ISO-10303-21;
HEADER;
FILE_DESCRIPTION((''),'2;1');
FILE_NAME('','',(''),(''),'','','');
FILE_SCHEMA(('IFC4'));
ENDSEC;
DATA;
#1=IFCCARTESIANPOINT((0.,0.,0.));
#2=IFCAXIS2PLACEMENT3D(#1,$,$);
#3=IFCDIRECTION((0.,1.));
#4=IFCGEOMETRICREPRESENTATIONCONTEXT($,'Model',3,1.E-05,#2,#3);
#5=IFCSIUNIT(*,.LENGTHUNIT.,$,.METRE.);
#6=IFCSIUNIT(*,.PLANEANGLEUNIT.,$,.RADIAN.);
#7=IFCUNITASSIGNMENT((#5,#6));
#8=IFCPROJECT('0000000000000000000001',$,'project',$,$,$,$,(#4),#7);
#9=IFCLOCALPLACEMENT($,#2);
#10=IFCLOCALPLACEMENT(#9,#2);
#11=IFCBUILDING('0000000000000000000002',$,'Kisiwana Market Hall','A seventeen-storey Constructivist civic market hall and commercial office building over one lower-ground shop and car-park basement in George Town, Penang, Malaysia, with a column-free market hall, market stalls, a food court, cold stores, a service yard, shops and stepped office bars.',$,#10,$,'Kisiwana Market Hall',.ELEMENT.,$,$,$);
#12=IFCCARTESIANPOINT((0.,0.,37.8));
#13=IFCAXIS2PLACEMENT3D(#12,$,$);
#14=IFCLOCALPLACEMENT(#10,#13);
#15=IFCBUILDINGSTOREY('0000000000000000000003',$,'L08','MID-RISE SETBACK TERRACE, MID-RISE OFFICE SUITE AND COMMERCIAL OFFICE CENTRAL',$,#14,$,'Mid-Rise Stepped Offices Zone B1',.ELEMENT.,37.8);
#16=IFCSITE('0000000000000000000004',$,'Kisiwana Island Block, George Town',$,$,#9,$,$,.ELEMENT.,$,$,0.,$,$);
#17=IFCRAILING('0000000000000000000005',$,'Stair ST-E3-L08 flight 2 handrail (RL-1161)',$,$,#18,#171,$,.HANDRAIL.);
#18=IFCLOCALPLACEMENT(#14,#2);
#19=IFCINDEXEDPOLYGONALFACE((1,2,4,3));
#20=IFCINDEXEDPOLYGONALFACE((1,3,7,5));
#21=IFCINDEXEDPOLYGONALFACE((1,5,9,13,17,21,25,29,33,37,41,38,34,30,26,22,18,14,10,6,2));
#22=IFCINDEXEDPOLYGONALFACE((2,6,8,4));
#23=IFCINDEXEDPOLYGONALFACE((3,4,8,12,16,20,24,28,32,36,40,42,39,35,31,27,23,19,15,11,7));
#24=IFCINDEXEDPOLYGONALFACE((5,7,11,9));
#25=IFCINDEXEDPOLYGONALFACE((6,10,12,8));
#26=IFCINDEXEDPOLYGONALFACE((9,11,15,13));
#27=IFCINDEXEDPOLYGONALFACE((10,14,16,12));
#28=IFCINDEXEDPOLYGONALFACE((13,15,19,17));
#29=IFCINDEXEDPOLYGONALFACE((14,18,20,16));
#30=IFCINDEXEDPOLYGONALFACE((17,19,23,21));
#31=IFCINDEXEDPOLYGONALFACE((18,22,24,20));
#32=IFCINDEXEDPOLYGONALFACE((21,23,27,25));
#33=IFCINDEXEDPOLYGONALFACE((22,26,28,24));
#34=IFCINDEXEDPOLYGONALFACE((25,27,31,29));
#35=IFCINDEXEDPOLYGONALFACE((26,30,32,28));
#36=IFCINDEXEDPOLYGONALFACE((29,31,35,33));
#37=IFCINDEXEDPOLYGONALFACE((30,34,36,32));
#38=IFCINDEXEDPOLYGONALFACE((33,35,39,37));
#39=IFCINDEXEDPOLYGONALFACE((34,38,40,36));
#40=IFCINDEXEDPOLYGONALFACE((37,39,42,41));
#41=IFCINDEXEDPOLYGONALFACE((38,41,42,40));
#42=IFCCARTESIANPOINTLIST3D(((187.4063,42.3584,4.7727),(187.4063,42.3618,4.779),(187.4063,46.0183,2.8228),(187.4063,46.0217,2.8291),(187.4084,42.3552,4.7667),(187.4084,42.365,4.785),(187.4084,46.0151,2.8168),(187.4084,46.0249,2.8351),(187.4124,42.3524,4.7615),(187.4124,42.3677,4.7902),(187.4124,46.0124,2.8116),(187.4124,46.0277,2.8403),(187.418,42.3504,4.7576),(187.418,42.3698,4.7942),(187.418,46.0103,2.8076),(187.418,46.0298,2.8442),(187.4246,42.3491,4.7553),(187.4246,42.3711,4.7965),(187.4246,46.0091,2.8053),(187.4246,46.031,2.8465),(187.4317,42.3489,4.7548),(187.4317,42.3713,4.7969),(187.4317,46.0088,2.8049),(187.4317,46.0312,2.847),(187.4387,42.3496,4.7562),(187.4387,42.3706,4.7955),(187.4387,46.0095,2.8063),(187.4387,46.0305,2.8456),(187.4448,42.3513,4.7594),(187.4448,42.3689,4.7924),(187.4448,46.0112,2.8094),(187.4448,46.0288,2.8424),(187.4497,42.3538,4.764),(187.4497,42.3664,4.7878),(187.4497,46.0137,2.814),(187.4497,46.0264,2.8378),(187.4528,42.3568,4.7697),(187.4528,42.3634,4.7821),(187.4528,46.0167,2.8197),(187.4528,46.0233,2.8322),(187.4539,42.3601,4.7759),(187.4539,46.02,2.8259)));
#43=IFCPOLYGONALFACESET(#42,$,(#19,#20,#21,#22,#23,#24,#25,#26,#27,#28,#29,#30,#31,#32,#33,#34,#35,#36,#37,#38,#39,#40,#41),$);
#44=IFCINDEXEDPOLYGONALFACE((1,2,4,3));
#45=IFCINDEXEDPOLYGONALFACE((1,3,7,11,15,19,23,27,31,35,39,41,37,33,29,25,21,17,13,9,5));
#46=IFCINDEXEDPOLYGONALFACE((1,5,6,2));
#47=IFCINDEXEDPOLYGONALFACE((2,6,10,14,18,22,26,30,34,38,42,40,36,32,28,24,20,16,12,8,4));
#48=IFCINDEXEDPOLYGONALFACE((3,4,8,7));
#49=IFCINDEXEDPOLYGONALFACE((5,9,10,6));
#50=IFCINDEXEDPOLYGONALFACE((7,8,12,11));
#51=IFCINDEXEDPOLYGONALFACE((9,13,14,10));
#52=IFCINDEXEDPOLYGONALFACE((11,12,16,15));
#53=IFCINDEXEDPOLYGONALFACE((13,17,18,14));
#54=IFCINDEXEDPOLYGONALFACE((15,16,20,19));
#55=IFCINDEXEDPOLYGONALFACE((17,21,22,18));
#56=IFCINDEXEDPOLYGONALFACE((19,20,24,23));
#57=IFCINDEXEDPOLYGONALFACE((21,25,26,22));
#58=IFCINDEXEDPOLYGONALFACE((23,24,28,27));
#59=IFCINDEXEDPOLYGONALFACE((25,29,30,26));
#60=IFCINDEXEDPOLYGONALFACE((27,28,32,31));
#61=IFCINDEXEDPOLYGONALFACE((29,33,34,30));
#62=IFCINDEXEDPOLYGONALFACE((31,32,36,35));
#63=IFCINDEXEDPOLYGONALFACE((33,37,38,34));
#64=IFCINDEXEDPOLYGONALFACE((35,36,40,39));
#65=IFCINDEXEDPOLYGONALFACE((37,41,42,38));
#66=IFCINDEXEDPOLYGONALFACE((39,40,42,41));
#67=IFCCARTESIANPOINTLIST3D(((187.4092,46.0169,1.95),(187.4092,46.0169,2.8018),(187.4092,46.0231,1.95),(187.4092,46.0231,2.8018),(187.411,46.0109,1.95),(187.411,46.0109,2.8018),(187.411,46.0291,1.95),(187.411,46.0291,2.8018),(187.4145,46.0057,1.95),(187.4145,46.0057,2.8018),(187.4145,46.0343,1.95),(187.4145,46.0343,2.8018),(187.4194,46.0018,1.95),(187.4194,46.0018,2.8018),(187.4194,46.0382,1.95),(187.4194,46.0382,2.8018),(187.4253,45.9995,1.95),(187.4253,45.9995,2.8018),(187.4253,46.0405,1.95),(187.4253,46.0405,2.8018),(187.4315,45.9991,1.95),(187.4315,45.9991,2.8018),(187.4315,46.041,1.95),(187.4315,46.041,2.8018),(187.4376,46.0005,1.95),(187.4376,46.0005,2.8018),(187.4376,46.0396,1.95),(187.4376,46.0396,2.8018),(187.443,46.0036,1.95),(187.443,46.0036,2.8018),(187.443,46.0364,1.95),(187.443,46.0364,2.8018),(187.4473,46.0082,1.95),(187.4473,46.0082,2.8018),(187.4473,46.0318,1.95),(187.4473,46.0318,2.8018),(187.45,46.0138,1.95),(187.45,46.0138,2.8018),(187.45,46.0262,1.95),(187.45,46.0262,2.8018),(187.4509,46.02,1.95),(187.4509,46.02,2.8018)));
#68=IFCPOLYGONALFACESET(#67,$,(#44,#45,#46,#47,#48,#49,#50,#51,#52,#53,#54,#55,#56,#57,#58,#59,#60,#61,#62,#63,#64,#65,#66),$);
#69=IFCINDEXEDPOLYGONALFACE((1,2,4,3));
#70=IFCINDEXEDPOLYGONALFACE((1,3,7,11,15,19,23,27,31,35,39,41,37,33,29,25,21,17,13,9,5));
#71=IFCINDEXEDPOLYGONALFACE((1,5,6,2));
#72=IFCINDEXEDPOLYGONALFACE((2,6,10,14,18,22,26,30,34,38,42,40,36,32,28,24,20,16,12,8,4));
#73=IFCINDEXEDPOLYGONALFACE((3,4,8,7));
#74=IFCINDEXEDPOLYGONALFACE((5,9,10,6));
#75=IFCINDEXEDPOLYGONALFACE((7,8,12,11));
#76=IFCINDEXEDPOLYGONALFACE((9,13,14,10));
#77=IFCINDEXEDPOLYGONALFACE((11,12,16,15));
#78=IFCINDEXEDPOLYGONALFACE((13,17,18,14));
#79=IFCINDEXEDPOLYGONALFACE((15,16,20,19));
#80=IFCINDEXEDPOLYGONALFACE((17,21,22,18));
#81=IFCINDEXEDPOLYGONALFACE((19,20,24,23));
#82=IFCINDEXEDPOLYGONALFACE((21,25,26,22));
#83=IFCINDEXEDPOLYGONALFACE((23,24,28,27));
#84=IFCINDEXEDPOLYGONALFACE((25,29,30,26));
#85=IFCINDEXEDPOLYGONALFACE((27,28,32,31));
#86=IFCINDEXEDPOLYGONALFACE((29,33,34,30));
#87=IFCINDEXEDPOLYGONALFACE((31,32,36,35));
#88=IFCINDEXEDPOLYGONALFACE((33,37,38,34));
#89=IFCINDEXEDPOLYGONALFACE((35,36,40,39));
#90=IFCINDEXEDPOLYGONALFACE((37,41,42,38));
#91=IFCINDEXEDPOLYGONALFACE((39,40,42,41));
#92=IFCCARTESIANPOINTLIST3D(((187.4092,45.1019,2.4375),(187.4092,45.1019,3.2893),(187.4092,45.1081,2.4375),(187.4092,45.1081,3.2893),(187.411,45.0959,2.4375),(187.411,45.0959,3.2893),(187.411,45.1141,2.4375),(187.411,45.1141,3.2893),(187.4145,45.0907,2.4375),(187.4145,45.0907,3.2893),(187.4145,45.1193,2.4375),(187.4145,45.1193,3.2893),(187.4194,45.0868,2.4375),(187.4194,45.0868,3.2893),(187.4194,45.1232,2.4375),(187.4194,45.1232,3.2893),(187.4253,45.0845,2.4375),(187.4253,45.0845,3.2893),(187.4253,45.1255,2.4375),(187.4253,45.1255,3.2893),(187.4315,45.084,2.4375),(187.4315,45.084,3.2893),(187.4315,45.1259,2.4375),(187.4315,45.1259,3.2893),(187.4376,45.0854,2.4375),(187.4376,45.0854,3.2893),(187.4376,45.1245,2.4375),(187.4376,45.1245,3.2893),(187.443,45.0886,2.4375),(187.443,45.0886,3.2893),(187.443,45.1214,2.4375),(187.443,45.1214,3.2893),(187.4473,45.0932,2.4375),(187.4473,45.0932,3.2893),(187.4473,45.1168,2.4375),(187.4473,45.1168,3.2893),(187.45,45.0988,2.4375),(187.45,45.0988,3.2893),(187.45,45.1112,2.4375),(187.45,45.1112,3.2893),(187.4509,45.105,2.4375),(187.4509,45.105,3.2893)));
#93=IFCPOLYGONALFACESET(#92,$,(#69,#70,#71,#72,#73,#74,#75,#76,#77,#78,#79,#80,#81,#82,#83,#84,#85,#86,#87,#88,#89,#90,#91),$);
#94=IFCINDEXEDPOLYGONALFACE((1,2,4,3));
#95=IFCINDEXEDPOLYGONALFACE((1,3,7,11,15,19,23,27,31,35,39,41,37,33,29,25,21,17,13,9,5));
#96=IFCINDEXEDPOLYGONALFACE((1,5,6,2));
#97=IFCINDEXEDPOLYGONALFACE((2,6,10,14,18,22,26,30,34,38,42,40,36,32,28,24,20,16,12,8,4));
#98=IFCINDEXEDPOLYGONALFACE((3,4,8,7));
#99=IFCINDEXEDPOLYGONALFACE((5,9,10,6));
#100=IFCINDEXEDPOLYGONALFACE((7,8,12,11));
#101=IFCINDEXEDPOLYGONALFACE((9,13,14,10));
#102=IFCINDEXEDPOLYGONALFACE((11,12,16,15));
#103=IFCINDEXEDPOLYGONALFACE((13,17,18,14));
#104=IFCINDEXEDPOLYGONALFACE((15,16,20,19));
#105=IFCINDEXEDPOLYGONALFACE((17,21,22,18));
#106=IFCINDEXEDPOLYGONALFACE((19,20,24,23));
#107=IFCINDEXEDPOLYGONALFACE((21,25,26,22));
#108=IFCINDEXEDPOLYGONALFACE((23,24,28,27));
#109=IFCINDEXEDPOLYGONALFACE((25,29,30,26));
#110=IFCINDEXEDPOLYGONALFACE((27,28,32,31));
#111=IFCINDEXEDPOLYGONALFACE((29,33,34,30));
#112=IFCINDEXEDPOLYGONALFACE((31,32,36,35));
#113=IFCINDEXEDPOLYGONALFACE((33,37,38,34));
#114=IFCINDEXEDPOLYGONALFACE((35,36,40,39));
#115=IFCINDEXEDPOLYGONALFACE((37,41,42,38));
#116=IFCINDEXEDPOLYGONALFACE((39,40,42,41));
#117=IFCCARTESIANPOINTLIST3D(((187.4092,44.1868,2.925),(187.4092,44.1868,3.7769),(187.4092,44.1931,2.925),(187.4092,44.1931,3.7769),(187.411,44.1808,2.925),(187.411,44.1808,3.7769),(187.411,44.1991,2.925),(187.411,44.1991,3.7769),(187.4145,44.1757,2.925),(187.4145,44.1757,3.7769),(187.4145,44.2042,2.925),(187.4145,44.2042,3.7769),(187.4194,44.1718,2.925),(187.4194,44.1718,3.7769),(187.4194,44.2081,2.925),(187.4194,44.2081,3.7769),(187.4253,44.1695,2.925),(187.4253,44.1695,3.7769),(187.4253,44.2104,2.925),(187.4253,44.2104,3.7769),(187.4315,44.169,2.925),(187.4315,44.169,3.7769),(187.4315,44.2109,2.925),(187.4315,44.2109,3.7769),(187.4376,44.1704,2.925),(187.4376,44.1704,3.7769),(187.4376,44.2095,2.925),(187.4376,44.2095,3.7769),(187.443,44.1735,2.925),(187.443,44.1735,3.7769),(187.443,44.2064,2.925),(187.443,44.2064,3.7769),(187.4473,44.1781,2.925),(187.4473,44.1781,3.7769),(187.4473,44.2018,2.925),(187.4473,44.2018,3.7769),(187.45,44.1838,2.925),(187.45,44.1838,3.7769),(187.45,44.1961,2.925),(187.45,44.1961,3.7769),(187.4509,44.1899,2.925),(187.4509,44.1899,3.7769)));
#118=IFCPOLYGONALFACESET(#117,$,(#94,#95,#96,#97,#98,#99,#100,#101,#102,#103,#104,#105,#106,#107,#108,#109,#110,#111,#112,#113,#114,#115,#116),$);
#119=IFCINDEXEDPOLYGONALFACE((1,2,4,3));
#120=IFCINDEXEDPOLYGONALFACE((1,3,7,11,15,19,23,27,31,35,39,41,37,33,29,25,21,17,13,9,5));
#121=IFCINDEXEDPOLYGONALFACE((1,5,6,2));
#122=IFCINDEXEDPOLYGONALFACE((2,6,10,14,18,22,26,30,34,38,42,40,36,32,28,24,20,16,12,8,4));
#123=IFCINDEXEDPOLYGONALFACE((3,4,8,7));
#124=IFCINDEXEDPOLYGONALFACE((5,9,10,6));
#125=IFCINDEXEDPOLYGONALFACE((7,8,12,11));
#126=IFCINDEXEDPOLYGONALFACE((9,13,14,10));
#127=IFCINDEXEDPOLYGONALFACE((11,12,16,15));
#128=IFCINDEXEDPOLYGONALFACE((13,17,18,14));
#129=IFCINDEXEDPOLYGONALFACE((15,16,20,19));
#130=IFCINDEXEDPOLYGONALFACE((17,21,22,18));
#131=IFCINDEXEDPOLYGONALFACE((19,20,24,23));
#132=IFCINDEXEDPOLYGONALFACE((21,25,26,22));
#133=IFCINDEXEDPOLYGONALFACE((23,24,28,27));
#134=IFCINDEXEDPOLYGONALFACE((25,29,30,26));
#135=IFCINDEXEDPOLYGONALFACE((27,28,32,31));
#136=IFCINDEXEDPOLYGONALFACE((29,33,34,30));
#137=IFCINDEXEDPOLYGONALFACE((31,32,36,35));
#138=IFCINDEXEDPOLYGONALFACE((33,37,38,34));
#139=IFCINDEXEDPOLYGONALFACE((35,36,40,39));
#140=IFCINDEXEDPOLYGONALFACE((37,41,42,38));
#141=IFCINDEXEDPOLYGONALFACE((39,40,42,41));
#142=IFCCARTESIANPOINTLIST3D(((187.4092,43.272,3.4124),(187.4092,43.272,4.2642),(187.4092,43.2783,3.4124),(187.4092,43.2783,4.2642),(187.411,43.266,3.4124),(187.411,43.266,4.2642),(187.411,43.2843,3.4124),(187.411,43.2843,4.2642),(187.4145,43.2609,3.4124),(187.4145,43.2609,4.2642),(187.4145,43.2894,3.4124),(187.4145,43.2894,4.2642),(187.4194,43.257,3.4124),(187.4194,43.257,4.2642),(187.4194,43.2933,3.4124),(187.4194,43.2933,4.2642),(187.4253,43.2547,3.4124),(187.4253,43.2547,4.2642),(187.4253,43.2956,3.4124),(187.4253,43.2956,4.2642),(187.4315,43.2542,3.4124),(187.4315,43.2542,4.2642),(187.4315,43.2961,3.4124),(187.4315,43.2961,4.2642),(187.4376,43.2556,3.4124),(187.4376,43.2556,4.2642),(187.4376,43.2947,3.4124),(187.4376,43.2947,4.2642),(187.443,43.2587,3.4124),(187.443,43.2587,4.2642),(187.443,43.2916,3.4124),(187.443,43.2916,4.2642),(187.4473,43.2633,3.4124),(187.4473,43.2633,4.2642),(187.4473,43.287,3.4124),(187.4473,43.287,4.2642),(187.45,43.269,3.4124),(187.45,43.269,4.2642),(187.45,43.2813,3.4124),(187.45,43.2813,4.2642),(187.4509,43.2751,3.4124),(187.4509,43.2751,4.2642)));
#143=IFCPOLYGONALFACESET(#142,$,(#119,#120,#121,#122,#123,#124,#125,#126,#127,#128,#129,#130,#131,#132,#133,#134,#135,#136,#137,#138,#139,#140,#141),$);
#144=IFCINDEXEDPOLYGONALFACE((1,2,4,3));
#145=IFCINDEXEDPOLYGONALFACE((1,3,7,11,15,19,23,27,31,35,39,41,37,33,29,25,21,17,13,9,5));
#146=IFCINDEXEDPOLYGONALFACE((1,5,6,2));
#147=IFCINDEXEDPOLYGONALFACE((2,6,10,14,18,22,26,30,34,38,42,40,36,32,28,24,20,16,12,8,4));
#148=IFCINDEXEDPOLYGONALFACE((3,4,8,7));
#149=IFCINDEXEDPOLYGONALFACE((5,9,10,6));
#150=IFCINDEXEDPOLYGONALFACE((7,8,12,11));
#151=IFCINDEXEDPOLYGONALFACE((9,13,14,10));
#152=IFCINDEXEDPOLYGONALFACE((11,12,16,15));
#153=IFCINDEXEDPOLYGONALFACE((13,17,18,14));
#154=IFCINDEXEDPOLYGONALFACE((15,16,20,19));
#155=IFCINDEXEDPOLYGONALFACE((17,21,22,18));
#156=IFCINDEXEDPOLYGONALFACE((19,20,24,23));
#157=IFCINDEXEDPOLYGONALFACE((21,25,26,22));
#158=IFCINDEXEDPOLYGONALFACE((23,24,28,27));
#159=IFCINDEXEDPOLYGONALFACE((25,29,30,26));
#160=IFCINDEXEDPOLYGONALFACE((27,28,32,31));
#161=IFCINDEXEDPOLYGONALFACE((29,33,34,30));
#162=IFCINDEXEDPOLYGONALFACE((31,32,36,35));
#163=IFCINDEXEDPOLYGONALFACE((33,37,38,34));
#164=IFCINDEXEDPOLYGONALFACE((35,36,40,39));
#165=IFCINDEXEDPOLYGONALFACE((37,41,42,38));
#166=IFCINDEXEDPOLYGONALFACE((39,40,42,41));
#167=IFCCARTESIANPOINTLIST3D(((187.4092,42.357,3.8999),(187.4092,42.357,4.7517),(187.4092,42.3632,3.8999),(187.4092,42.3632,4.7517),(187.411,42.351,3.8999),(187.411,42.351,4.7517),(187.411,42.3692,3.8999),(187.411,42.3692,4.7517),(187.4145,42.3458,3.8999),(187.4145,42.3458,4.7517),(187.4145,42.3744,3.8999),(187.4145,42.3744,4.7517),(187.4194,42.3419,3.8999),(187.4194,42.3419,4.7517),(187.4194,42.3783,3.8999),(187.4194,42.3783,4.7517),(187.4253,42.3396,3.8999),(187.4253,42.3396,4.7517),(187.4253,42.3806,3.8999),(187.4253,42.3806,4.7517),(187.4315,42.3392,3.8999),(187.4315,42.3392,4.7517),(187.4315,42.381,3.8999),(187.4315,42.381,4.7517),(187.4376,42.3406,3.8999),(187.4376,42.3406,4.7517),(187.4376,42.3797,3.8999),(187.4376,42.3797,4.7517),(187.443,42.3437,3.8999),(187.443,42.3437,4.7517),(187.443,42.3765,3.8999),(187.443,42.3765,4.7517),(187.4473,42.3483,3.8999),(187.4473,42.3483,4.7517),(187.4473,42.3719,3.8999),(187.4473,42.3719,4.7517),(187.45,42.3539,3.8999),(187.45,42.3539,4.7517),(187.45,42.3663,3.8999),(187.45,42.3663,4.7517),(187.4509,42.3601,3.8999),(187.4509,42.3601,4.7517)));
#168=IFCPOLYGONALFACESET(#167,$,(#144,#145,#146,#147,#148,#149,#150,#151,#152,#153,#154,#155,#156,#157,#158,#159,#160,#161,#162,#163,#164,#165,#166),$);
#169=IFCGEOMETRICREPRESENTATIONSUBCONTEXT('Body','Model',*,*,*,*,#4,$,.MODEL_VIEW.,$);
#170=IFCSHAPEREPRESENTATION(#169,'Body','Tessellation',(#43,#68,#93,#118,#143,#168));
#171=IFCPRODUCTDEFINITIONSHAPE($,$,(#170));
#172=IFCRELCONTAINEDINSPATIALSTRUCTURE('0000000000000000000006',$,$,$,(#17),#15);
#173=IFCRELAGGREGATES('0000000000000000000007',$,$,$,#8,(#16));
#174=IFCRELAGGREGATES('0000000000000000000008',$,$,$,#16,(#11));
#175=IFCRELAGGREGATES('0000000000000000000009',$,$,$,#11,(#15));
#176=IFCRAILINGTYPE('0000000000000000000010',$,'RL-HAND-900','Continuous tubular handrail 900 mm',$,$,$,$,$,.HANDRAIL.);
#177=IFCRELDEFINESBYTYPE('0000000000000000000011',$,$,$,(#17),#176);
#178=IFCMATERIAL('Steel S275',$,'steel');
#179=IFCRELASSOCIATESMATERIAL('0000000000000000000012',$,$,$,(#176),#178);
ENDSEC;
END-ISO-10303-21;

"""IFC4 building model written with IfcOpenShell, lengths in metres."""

from ifc_helpers import new_model, si_unit, direction, frame, origin, origin_2d, place, context, subcontext, project, spatial, circle, extrude, material, type_object, element, save


model = new_model("IFC4")

# Units and contexts
model_context = context("Model", 3, precision=1e-05, world=origin(), true_north=direction((0.0, 1.0)))
body_context = subcontext(model_context, "Body", "Model", "MODEL_VIEW")
ifc_project = project(units=[si_unit("LENGTHUNIT", "METRE"), si_unit("PLANEANGLEUNIT", "RADIAN")], contexts=[model_context])

# Site, building, storey
site_placement = place(None, origin())
site = spatial("IfcSite", under=ifc_project, at=site_placement, Name="Kisiwana Island Block, George Town", CompositionType="ELEMENT", RefElevation=0.0)
building_placement = place(site_placement, origin())
building = spatial("IfcBuilding", under=site, at=building_placement, Name="Kisiwana Market Hall", Description="A seventeen-storey Constructivist civic market hall and commercial office building over one lower-ground shop and car-park basement in George Town, Penang, Malaysia, with a column-free market hall, market stalls, a food court, cold stores, a service yard, shops and stepped office bars.", LongName="Kisiwana Market Hall", CompositionType="ELEMENT")
storey_placement = place(building_placement, frame((0.0, 0.0, 37.8)))
storey = spatial("IfcBuildingStorey", under=building, at=storey_placement, Name="L08", Description="MID-RISE SETBACK TERRACE, MID-RISE OFFICE SUITE AND COMMERCIAL OFFICE CENTRAL", LongName="Mid-Rise Stepped Offices Zone B1", CompositionType="ELEMENT", Elevation=37.8)

# Railing
ifc_material_1 = material(Name="Steel S275", Category="steel")
railing_type_1 = type_object("IfcRailingType", Name="RL-HAND-900", Description="Continuous tubular handrail 900 mm", PredefinedType="HANDRAIL", material=ifc_material_1)
railing_1_placement = place(storey_placement, frame((187.4299, 46.02, 1.95)))
element("IfcRailing", 1, at=railing_1_placement, inside=storey, type_object=railing_type_1, Name="Stair ST-E3-L08 flight 2 handrail (RL-1161)", PredefinedType="HANDRAIL", context=body_context, shape_type="SweptSolid", body=[
    extrude(circle(Radius=0.0239, at=origin_2d()), frame((0.0, 0.0, 0.876), z_axis=(0.0, -0.882553, 0.470212), x_axis=(1.0, 0.0, 0.0)), (0.0, 0.0, 1.0), 4.147),
    extrude(circle(Radius=0.021, at=origin_2d()), origin(), (0.0, 0.0, 1.0), 0.8518),
    extrude(circle(Radius=0.021, at=origin_2d()), frame((0.0, -0.915, 0.4875)), (0.0, 0.0, 1.0), 0.8518),
    extrude(circle(Radius=0.021, at=origin_2d()), frame((0.0, -1.8301, 0.9751)), (0.0, 0.0, 1.0), 0.8518),
    extrude(circle(Radius=0.021, at=origin_2d()), frame((0.0, -2.7449, 1.4624)), (0.0, 0.0, 1.0), 0.8518),
    extrude(circle(Radius=0.021, at=origin_2d()), frame((0.0, -3.6599, 1.95)), (0.0, 0.0, 1.0), 0.8518),
])

save(model, "model.ifc")
